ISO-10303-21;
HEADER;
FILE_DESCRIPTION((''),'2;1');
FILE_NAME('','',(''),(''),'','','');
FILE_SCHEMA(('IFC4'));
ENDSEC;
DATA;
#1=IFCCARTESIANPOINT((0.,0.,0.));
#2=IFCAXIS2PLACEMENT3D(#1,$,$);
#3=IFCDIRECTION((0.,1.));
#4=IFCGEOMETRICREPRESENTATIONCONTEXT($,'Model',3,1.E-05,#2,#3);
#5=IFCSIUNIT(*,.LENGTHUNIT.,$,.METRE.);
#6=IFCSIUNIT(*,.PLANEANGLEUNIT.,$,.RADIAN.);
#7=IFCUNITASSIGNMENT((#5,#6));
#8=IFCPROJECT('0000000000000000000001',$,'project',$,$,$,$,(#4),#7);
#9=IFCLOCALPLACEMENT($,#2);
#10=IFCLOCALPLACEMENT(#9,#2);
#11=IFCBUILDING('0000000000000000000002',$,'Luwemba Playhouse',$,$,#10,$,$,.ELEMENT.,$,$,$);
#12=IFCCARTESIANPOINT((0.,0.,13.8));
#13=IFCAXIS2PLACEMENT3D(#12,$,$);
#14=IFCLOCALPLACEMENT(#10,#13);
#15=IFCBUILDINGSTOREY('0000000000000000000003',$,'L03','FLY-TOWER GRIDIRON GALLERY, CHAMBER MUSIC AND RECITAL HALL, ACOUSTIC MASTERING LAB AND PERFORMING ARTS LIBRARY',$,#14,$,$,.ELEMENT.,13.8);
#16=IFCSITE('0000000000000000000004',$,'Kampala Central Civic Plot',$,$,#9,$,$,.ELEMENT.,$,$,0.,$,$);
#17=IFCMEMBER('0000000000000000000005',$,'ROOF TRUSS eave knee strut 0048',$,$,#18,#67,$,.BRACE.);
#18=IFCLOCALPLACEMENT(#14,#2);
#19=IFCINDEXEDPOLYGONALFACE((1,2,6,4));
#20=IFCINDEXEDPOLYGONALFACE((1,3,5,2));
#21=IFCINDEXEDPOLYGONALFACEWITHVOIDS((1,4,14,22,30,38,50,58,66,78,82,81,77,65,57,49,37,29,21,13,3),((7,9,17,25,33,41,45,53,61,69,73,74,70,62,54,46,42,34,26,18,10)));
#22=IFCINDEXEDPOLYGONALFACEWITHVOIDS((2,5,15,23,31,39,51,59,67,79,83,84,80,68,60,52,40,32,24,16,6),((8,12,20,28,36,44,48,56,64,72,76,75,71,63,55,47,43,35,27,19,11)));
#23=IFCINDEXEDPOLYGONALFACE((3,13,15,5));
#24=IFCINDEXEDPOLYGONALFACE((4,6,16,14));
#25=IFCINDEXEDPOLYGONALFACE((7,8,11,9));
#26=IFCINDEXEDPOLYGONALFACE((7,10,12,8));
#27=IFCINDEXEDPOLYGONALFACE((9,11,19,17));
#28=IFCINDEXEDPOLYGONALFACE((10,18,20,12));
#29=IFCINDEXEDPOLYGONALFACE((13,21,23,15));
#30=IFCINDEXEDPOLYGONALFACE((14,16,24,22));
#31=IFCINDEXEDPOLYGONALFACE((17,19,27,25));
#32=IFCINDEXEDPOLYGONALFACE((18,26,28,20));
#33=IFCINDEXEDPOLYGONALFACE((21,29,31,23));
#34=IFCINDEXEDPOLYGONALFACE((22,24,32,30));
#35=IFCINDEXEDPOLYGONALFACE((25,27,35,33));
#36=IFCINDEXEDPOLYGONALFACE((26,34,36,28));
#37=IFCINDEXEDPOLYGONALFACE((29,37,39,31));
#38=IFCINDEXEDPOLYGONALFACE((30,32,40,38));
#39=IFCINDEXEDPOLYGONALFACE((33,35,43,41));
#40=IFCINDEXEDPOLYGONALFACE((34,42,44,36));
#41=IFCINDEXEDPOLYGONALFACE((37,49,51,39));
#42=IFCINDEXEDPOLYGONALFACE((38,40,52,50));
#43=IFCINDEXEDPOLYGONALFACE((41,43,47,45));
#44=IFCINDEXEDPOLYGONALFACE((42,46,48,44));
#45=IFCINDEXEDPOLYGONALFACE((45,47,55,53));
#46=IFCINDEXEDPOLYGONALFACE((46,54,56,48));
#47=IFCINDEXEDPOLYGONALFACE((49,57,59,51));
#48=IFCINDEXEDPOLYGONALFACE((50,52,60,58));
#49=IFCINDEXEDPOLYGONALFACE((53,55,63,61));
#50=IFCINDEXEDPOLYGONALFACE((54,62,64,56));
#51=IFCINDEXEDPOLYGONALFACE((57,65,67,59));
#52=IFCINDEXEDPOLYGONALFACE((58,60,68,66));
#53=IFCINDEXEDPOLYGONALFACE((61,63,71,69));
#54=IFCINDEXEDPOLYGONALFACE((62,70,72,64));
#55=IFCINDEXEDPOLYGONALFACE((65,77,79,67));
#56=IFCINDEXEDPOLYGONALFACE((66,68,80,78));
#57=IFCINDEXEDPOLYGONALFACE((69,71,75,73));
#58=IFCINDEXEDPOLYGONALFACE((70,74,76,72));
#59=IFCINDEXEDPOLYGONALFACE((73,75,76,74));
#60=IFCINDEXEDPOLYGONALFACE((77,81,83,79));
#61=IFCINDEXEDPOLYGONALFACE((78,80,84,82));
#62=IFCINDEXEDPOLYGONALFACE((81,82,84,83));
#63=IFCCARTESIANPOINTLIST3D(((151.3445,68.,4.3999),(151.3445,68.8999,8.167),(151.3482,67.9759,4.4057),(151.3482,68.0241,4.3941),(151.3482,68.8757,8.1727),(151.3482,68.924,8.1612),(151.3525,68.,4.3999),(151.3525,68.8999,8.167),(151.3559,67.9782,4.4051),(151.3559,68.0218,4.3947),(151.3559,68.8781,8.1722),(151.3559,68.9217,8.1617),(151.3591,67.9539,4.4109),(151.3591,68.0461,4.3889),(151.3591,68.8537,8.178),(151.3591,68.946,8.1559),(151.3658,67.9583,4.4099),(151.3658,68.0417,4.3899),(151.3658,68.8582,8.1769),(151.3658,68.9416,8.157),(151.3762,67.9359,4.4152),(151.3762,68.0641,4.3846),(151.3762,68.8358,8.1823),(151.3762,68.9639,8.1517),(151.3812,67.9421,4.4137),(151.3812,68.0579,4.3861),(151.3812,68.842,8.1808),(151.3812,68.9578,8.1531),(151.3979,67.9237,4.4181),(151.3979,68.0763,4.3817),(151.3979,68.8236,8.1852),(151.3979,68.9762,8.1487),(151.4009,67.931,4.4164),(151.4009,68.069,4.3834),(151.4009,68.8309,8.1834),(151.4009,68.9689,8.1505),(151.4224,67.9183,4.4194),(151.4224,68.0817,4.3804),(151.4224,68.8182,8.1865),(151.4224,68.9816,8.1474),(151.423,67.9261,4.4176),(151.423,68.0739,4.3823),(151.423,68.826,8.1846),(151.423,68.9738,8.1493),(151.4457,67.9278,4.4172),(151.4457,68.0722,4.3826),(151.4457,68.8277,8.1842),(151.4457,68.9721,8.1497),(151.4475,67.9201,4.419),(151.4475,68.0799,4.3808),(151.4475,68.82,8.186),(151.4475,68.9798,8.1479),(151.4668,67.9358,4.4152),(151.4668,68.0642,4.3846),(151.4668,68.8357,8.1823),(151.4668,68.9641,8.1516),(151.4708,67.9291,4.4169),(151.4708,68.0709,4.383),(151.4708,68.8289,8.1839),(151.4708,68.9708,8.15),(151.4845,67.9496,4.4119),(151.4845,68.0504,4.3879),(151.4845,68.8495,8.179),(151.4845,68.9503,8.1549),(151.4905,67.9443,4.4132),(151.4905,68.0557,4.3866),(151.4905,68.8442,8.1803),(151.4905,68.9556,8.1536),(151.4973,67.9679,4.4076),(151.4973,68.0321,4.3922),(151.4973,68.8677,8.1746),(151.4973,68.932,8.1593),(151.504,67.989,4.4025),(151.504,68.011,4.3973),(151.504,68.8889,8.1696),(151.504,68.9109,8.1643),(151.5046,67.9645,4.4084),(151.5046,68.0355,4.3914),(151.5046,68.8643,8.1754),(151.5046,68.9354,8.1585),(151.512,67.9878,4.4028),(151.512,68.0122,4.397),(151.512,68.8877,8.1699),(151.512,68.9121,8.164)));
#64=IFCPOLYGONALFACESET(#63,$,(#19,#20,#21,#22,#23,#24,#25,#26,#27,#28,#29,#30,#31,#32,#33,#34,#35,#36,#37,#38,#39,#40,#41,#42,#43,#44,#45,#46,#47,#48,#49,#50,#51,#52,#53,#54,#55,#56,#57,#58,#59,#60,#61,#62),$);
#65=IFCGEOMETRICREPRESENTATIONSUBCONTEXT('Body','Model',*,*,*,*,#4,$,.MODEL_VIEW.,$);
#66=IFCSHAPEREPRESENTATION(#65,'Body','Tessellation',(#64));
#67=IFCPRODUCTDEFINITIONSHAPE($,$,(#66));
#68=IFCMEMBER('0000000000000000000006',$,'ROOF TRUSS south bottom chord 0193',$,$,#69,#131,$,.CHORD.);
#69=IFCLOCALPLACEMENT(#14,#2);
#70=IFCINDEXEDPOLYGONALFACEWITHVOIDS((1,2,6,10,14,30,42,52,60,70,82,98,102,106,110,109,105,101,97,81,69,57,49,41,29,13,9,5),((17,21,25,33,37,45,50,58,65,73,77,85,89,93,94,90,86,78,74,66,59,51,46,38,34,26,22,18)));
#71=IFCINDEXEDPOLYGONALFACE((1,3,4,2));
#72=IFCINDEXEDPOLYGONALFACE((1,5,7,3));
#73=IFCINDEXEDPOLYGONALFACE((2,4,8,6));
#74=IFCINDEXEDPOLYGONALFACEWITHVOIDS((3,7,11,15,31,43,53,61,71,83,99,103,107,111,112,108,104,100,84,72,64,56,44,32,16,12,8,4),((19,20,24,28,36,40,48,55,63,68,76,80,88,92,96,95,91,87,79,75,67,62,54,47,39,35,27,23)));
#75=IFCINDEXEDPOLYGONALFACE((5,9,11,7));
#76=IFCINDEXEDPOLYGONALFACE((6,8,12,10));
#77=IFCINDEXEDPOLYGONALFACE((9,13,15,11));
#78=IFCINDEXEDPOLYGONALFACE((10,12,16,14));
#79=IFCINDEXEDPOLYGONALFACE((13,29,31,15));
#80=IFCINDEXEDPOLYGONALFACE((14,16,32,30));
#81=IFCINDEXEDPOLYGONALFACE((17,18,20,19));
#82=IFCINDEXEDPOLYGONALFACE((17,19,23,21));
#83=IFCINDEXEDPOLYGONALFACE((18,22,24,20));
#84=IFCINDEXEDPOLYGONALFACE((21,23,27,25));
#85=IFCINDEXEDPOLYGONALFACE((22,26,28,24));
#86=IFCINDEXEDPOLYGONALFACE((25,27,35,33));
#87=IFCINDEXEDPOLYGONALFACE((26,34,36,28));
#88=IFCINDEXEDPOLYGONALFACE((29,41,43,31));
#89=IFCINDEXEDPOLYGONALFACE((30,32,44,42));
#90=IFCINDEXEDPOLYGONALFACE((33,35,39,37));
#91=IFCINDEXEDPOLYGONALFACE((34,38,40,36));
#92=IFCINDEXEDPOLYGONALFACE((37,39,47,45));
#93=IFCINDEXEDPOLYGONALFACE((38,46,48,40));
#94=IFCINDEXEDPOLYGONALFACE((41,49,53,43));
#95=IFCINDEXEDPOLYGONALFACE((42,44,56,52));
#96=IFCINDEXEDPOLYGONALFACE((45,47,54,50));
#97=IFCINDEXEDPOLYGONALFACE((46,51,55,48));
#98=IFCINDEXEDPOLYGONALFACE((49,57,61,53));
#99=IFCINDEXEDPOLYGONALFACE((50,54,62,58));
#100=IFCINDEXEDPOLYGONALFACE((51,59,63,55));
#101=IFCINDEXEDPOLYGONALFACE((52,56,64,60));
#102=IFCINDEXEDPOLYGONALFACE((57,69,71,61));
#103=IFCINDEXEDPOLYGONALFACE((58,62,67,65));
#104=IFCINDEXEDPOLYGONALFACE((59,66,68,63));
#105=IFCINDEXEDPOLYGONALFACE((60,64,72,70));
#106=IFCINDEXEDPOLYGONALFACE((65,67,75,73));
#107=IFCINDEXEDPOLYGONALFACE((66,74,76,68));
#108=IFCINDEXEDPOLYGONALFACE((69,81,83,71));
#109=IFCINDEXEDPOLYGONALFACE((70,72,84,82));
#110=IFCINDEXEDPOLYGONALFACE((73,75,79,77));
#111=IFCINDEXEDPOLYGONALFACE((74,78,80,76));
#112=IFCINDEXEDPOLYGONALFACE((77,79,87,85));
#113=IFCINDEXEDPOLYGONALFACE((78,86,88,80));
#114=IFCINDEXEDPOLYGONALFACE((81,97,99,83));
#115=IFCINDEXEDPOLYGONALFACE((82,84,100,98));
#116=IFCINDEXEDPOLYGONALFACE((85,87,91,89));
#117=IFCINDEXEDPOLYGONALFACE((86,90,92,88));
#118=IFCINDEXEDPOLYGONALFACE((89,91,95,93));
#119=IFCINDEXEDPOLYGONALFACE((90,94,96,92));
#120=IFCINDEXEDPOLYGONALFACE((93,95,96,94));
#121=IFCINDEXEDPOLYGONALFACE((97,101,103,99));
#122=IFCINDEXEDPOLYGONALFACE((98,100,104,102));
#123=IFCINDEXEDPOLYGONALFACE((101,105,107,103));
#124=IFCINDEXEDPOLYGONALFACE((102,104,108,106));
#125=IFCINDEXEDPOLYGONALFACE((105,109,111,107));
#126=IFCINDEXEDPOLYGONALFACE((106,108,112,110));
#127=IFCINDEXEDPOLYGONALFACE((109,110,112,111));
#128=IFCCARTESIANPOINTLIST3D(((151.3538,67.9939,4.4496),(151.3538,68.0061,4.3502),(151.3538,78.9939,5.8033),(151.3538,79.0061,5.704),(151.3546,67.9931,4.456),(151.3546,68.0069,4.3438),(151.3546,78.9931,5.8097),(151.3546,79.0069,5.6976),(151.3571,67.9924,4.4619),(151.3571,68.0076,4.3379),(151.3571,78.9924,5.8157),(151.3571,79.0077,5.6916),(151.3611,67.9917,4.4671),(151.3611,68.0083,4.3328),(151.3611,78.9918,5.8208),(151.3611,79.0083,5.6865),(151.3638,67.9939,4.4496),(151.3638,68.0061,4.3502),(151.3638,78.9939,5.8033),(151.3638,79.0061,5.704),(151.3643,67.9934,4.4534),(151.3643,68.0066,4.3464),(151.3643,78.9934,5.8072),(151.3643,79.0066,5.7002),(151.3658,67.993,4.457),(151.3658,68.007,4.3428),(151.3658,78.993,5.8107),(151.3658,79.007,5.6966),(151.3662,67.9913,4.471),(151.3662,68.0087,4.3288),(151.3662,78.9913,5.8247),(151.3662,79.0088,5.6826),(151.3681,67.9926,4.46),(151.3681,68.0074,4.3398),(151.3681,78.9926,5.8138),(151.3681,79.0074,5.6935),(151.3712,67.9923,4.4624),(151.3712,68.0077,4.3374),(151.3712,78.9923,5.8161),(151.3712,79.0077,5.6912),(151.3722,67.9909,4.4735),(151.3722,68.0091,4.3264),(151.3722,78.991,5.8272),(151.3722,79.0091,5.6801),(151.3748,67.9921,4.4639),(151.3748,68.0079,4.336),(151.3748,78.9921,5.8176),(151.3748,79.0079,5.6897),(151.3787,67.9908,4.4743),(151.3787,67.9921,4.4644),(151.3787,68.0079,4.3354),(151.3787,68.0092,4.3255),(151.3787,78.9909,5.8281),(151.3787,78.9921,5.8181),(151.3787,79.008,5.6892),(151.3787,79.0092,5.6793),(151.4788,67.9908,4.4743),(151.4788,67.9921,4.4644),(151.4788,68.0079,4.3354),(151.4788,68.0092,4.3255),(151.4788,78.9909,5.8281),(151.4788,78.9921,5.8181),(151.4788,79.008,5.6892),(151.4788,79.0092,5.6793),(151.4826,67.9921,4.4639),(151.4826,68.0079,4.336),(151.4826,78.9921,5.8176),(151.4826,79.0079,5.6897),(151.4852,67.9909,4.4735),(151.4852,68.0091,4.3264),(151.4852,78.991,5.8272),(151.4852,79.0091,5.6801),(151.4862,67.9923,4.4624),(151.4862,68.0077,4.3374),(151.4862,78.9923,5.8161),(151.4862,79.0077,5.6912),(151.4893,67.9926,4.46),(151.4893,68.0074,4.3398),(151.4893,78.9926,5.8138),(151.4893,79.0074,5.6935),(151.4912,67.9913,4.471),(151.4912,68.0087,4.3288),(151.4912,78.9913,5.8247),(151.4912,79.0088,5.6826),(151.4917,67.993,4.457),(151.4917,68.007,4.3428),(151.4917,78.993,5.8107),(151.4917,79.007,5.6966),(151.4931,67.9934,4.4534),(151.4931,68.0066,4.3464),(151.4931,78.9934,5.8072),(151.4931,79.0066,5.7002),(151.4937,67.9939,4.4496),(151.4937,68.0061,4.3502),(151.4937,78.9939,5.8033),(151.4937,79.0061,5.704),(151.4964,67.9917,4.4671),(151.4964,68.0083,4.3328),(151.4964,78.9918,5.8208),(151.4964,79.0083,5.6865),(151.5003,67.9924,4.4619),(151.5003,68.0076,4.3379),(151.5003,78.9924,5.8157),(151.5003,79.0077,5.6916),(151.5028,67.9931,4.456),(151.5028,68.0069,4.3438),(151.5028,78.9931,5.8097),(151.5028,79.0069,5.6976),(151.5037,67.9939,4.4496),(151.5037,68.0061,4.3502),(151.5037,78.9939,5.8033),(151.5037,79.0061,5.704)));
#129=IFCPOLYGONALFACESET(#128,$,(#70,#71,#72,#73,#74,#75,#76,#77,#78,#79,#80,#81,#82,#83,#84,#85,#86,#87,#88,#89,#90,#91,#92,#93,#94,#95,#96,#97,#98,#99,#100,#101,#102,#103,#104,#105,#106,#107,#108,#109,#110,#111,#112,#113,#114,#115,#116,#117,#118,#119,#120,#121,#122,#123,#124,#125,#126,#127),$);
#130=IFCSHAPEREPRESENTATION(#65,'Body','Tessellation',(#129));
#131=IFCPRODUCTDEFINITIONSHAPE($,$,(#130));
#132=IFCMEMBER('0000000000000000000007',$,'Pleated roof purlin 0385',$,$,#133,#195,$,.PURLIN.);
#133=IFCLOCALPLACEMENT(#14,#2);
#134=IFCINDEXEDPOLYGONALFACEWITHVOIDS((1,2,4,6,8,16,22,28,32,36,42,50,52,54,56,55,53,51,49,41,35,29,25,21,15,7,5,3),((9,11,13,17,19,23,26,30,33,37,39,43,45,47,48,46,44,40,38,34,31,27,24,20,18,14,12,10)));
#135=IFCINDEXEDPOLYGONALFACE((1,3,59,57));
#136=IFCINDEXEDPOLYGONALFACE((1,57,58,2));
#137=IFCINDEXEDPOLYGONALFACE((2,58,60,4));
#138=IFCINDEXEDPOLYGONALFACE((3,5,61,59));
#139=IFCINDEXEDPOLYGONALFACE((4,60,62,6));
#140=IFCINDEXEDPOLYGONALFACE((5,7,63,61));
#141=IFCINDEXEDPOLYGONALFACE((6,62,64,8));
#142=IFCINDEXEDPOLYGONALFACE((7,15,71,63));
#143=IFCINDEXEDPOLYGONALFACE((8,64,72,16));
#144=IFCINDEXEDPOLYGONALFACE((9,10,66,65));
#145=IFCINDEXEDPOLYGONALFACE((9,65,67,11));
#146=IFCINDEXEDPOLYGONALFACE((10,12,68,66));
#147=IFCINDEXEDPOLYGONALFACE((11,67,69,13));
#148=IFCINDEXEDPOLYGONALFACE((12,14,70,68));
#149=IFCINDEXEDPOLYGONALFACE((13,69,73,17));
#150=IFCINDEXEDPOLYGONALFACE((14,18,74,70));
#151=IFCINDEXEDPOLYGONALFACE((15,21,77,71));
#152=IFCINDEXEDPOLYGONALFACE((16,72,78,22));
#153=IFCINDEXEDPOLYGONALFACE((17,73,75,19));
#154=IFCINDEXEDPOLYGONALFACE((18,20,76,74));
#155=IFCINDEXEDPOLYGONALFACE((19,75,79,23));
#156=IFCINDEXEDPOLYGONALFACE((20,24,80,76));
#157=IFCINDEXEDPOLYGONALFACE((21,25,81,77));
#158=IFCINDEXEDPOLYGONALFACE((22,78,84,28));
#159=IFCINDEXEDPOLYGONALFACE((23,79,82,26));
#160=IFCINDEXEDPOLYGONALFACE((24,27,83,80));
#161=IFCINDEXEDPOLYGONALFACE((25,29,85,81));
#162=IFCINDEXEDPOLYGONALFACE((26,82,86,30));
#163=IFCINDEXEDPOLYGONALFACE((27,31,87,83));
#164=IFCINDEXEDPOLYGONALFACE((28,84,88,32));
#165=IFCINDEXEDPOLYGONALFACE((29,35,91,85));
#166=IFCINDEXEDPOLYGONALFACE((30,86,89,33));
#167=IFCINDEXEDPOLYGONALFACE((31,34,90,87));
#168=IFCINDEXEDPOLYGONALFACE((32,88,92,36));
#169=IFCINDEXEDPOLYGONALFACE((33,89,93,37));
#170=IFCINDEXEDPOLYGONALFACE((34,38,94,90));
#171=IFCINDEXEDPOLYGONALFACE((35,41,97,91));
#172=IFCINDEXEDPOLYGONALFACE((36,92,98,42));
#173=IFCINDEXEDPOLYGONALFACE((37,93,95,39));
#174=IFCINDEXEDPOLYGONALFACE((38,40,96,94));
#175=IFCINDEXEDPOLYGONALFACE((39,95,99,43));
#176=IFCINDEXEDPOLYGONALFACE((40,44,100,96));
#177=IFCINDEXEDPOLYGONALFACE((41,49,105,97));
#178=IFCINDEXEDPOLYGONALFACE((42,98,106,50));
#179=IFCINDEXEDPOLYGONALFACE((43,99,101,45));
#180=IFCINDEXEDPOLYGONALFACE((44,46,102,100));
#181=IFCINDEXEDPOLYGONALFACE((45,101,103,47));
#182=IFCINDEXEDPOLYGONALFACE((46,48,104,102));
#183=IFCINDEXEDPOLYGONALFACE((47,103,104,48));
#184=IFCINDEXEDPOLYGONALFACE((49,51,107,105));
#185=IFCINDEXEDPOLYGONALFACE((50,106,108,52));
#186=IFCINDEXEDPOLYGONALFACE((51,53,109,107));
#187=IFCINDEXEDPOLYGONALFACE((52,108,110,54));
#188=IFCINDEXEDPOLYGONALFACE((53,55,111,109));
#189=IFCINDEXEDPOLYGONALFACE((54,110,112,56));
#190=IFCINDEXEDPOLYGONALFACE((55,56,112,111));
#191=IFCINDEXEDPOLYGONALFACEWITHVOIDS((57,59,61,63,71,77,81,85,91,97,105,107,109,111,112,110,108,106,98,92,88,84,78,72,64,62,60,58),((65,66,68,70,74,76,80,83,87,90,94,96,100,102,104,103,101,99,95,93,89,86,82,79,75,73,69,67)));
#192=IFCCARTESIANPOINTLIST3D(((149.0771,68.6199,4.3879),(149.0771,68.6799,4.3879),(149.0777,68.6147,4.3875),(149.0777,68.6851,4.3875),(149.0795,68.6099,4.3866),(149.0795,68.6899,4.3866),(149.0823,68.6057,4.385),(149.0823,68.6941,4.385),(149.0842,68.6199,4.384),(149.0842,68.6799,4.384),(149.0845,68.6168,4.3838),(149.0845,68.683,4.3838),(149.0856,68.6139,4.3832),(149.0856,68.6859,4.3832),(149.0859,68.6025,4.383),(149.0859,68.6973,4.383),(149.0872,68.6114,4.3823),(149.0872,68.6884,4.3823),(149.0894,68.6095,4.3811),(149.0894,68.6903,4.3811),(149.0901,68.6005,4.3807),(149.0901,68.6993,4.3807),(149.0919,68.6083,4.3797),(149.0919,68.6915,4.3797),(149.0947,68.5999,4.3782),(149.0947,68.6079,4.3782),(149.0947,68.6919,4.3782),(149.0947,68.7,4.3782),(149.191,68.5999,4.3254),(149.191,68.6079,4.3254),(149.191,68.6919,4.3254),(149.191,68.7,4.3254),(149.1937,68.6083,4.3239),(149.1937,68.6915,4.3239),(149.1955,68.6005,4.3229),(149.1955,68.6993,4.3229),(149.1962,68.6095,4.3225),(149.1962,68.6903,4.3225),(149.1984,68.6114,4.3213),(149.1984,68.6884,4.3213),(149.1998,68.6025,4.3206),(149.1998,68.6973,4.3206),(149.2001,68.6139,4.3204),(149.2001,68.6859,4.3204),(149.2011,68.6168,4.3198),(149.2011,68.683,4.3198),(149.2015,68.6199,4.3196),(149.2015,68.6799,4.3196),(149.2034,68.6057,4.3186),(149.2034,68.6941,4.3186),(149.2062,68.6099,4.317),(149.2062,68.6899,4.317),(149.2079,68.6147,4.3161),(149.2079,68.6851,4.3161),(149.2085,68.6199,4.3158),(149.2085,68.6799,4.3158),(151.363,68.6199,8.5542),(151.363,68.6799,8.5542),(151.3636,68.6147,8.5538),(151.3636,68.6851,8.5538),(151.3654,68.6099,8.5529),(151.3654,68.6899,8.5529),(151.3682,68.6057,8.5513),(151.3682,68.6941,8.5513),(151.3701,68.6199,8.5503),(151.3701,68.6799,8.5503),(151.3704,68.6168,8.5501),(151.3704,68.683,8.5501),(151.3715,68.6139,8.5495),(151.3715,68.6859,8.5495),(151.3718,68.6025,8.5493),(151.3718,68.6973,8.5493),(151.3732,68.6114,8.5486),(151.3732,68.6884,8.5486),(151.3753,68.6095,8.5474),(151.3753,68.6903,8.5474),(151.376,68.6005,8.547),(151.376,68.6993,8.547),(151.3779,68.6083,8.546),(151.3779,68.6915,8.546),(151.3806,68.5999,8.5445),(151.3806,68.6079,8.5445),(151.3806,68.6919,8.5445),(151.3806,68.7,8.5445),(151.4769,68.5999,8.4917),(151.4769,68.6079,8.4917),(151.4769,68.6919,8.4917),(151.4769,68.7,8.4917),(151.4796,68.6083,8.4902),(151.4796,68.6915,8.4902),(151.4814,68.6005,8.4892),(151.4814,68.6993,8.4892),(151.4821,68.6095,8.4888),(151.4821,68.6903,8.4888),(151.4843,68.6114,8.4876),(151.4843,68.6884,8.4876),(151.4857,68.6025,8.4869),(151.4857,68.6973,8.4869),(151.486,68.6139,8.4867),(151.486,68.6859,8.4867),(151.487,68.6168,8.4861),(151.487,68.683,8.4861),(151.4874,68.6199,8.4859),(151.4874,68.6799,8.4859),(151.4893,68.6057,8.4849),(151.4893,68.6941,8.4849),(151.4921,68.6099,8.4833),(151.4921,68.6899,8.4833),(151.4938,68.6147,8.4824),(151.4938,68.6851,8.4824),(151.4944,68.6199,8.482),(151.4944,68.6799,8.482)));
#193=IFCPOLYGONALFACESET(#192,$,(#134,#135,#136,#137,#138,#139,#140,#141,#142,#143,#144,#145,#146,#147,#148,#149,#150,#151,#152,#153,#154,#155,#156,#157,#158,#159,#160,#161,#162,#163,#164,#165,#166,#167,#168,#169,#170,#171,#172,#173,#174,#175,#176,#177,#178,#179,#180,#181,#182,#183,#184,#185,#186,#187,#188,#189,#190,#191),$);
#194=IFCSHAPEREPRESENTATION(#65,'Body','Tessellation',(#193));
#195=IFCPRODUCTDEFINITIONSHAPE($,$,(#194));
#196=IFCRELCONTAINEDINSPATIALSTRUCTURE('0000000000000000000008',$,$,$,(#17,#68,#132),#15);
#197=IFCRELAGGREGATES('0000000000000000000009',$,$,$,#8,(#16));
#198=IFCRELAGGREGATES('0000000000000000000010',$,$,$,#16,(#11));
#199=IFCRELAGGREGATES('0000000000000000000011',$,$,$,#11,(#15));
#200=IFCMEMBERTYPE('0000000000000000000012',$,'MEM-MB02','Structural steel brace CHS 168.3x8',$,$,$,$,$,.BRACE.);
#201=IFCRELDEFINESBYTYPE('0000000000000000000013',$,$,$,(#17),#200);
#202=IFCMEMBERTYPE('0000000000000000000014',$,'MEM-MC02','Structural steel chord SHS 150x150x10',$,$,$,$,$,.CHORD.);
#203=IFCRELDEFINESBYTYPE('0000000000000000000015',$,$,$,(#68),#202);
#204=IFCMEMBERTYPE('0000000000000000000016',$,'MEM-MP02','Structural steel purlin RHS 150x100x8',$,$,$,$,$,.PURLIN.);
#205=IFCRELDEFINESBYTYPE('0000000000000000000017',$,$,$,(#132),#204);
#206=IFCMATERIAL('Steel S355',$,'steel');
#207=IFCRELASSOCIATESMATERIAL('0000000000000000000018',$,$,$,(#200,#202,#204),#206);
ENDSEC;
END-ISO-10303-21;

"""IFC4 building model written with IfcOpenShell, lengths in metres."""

from ifc_helpers import new_model, si_unit, direction, frame, origin, origin_2d, place, context, subcontext, project, spatial, hollow_rectangle, hollow_circle, extrude, material, material_profile, profile_set, type_object, element, save


model = new_model("IFC4")

# Units and contexts
model_context = context("Model", 3, precision=1e-05, world=origin(), true_north=direction((0.0, 1.0)))
body_context = subcontext(model_context, "Body", "Model", "MODEL_VIEW")
ifc_project = project(units=[si_unit("LENGTHUNIT", "METRE"), si_unit("PLANEANGLEUNIT", "RADIAN")], contexts=[model_context])

# Site, building, storey
site_placement = place(None, origin())
site = spatial("IfcSite", under=ifc_project, at=site_placement, Name="Kampala Central Civic Plot", CompositionType="ELEMENT", RefElevation=0.0)
building_placement = place(site_placement, origin())
building = spatial("IfcBuilding", under=site, at=building_placement, Name="Luwemba Playhouse", CompositionType="ELEMENT")
storey_placement = place(building_placement, frame((0.0, 0.0, 13.8)))
storey = spatial("IfcBuildingStorey", under=building, at=storey_placement, Name="L03", Description="FLY-TOWER GRIDIRON GALLERY, CHAMBER MUSIC AND RECITAL HALL, ACOUSTIC MASTERING LAB AND PERFORMING ARTS LIBRARY", CompositionType="ELEMENT", Elevation=13.8)

# Shared definitions
ifc_material_1 = material(Name="Steel S355", Category="steel")

# Members
ifc_material_profile_1 = material_profile(ifc_material_1, hollow_circle(Radius=0.0842, WallThickness=0.0081, at=origin_2d()))
ifc_profile_set_1 = profile_set([ifc_material_profile_1], Name="Steel S355")
member_type_1 = type_object("IfcMemberType", Name="MEM-MB02", Description="Structural steel brace CHS 168.3x8", PredefinedType="BRACE", material=ifc_profile_set_1)
member_1_placement = place(storey_placement, frame((151.4287, 68.0, 4.3999), z_axis=(0.0, 0.232348, 0.972633), x_axis=(-1.0, 0.0, 0.0)))
element("IfcMember", 1, at=member_1_placement, inside=storey, type_object=member_type_1, Name="ROOF TRUSS eave knee strut 0048", PredefinedType="BRACE", context=body_context, shape_type="SweptSolid", body=[
    extrude(hollow_circle(Radius=0.0842, WallThickness=0.0081, at=origin_2d()), origin(), (0.0, 0.0, 1.0), 3.873),
])
ifc_material_profile_2 = material_profile(ifc_material_1, hollow_rectangle(XDim=0.1499, YDim=0.1499, WallThickness=0.01, InnerFilletRadius=0.0149, OuterFilletRadius=0.0249, at=origin_2d()))
ifc_profile_set_2 = profile_set([ifc_material_profile_2], Name="Steel S355")
member_type_2 = type_object("IfcMemberType", Name="MEM-MC02", Description="Structural steel chord SHS 150x150x10", PredefinedType="CHORD", material=ifc_profile_set_2)
member_2_placement = place(storey_placement, frame((151.4287, 68.0, 4.3999), z_axis=(0.0, 0.992512, 0.122148), x_axis=(-1.0, 0.0, 0.0)))
element("IfcMember", 2, at=member_2_placement, inside=storey, type_object=member_type_2, Name="ROOF TRUSS south bottom chord 0193", PredefinedType="CHORD", context=body_context, shape_type="SweptSolid", body=[
    extrude(hollow_rectangle(XDim=0.1499, YDim=0.1499, WallThickness=0.01, InnerFilletRadius=0.0149, OuterFilletRadius=0.0249, at=origin_2d()), origin(), (0.0, 0.0, 1.0), 11.083),
])
ifc_material_profile_3 = material_profile(ifc_material_1, hollow_rectangle(XDim=0.1001, YDim=0.1499, WallThickness=0.0081, InnerFilletRadius=0.012, OuterFilletRadius=0.02, at=origin_2d()))
ifc_profile_set_3 = profile_set([ifc_material_profile_3], Name="Steel S355")
member_type_3 = type_object("IfcMemberType", Name="MEM-MP02", Description="Structural steel purlin RHS 150x100x8", PredefinedType="PURLIN", material=ifc_profile_set_3)
member_3_placement = place(storey_placement, frame((149.1428, 68.6499, 4.3518), z_axis=(0.481021, 0.0, 0.876709), x_axis=(0.0, 1.0, 0.0)))
element("IfcMember", 3, at=member_3_placement, inside=storey, type_object=member_type_3, Name="Pleated roof purlin 0385", PredefinedType="PURLIN", context=body_context, shape_type="SweptSolid", body=[
    extrude(hollow_rectangle(XDim=0.1001, YDim=0.1499, WallThickness=0.0081, InnerFilletRadius=0.012, OuterFilletRadius=0.02, at=origin_2d()), origin(), (0.0, 0.0, 1.0), 4.7522),
])

save(model, "model.ifc")
